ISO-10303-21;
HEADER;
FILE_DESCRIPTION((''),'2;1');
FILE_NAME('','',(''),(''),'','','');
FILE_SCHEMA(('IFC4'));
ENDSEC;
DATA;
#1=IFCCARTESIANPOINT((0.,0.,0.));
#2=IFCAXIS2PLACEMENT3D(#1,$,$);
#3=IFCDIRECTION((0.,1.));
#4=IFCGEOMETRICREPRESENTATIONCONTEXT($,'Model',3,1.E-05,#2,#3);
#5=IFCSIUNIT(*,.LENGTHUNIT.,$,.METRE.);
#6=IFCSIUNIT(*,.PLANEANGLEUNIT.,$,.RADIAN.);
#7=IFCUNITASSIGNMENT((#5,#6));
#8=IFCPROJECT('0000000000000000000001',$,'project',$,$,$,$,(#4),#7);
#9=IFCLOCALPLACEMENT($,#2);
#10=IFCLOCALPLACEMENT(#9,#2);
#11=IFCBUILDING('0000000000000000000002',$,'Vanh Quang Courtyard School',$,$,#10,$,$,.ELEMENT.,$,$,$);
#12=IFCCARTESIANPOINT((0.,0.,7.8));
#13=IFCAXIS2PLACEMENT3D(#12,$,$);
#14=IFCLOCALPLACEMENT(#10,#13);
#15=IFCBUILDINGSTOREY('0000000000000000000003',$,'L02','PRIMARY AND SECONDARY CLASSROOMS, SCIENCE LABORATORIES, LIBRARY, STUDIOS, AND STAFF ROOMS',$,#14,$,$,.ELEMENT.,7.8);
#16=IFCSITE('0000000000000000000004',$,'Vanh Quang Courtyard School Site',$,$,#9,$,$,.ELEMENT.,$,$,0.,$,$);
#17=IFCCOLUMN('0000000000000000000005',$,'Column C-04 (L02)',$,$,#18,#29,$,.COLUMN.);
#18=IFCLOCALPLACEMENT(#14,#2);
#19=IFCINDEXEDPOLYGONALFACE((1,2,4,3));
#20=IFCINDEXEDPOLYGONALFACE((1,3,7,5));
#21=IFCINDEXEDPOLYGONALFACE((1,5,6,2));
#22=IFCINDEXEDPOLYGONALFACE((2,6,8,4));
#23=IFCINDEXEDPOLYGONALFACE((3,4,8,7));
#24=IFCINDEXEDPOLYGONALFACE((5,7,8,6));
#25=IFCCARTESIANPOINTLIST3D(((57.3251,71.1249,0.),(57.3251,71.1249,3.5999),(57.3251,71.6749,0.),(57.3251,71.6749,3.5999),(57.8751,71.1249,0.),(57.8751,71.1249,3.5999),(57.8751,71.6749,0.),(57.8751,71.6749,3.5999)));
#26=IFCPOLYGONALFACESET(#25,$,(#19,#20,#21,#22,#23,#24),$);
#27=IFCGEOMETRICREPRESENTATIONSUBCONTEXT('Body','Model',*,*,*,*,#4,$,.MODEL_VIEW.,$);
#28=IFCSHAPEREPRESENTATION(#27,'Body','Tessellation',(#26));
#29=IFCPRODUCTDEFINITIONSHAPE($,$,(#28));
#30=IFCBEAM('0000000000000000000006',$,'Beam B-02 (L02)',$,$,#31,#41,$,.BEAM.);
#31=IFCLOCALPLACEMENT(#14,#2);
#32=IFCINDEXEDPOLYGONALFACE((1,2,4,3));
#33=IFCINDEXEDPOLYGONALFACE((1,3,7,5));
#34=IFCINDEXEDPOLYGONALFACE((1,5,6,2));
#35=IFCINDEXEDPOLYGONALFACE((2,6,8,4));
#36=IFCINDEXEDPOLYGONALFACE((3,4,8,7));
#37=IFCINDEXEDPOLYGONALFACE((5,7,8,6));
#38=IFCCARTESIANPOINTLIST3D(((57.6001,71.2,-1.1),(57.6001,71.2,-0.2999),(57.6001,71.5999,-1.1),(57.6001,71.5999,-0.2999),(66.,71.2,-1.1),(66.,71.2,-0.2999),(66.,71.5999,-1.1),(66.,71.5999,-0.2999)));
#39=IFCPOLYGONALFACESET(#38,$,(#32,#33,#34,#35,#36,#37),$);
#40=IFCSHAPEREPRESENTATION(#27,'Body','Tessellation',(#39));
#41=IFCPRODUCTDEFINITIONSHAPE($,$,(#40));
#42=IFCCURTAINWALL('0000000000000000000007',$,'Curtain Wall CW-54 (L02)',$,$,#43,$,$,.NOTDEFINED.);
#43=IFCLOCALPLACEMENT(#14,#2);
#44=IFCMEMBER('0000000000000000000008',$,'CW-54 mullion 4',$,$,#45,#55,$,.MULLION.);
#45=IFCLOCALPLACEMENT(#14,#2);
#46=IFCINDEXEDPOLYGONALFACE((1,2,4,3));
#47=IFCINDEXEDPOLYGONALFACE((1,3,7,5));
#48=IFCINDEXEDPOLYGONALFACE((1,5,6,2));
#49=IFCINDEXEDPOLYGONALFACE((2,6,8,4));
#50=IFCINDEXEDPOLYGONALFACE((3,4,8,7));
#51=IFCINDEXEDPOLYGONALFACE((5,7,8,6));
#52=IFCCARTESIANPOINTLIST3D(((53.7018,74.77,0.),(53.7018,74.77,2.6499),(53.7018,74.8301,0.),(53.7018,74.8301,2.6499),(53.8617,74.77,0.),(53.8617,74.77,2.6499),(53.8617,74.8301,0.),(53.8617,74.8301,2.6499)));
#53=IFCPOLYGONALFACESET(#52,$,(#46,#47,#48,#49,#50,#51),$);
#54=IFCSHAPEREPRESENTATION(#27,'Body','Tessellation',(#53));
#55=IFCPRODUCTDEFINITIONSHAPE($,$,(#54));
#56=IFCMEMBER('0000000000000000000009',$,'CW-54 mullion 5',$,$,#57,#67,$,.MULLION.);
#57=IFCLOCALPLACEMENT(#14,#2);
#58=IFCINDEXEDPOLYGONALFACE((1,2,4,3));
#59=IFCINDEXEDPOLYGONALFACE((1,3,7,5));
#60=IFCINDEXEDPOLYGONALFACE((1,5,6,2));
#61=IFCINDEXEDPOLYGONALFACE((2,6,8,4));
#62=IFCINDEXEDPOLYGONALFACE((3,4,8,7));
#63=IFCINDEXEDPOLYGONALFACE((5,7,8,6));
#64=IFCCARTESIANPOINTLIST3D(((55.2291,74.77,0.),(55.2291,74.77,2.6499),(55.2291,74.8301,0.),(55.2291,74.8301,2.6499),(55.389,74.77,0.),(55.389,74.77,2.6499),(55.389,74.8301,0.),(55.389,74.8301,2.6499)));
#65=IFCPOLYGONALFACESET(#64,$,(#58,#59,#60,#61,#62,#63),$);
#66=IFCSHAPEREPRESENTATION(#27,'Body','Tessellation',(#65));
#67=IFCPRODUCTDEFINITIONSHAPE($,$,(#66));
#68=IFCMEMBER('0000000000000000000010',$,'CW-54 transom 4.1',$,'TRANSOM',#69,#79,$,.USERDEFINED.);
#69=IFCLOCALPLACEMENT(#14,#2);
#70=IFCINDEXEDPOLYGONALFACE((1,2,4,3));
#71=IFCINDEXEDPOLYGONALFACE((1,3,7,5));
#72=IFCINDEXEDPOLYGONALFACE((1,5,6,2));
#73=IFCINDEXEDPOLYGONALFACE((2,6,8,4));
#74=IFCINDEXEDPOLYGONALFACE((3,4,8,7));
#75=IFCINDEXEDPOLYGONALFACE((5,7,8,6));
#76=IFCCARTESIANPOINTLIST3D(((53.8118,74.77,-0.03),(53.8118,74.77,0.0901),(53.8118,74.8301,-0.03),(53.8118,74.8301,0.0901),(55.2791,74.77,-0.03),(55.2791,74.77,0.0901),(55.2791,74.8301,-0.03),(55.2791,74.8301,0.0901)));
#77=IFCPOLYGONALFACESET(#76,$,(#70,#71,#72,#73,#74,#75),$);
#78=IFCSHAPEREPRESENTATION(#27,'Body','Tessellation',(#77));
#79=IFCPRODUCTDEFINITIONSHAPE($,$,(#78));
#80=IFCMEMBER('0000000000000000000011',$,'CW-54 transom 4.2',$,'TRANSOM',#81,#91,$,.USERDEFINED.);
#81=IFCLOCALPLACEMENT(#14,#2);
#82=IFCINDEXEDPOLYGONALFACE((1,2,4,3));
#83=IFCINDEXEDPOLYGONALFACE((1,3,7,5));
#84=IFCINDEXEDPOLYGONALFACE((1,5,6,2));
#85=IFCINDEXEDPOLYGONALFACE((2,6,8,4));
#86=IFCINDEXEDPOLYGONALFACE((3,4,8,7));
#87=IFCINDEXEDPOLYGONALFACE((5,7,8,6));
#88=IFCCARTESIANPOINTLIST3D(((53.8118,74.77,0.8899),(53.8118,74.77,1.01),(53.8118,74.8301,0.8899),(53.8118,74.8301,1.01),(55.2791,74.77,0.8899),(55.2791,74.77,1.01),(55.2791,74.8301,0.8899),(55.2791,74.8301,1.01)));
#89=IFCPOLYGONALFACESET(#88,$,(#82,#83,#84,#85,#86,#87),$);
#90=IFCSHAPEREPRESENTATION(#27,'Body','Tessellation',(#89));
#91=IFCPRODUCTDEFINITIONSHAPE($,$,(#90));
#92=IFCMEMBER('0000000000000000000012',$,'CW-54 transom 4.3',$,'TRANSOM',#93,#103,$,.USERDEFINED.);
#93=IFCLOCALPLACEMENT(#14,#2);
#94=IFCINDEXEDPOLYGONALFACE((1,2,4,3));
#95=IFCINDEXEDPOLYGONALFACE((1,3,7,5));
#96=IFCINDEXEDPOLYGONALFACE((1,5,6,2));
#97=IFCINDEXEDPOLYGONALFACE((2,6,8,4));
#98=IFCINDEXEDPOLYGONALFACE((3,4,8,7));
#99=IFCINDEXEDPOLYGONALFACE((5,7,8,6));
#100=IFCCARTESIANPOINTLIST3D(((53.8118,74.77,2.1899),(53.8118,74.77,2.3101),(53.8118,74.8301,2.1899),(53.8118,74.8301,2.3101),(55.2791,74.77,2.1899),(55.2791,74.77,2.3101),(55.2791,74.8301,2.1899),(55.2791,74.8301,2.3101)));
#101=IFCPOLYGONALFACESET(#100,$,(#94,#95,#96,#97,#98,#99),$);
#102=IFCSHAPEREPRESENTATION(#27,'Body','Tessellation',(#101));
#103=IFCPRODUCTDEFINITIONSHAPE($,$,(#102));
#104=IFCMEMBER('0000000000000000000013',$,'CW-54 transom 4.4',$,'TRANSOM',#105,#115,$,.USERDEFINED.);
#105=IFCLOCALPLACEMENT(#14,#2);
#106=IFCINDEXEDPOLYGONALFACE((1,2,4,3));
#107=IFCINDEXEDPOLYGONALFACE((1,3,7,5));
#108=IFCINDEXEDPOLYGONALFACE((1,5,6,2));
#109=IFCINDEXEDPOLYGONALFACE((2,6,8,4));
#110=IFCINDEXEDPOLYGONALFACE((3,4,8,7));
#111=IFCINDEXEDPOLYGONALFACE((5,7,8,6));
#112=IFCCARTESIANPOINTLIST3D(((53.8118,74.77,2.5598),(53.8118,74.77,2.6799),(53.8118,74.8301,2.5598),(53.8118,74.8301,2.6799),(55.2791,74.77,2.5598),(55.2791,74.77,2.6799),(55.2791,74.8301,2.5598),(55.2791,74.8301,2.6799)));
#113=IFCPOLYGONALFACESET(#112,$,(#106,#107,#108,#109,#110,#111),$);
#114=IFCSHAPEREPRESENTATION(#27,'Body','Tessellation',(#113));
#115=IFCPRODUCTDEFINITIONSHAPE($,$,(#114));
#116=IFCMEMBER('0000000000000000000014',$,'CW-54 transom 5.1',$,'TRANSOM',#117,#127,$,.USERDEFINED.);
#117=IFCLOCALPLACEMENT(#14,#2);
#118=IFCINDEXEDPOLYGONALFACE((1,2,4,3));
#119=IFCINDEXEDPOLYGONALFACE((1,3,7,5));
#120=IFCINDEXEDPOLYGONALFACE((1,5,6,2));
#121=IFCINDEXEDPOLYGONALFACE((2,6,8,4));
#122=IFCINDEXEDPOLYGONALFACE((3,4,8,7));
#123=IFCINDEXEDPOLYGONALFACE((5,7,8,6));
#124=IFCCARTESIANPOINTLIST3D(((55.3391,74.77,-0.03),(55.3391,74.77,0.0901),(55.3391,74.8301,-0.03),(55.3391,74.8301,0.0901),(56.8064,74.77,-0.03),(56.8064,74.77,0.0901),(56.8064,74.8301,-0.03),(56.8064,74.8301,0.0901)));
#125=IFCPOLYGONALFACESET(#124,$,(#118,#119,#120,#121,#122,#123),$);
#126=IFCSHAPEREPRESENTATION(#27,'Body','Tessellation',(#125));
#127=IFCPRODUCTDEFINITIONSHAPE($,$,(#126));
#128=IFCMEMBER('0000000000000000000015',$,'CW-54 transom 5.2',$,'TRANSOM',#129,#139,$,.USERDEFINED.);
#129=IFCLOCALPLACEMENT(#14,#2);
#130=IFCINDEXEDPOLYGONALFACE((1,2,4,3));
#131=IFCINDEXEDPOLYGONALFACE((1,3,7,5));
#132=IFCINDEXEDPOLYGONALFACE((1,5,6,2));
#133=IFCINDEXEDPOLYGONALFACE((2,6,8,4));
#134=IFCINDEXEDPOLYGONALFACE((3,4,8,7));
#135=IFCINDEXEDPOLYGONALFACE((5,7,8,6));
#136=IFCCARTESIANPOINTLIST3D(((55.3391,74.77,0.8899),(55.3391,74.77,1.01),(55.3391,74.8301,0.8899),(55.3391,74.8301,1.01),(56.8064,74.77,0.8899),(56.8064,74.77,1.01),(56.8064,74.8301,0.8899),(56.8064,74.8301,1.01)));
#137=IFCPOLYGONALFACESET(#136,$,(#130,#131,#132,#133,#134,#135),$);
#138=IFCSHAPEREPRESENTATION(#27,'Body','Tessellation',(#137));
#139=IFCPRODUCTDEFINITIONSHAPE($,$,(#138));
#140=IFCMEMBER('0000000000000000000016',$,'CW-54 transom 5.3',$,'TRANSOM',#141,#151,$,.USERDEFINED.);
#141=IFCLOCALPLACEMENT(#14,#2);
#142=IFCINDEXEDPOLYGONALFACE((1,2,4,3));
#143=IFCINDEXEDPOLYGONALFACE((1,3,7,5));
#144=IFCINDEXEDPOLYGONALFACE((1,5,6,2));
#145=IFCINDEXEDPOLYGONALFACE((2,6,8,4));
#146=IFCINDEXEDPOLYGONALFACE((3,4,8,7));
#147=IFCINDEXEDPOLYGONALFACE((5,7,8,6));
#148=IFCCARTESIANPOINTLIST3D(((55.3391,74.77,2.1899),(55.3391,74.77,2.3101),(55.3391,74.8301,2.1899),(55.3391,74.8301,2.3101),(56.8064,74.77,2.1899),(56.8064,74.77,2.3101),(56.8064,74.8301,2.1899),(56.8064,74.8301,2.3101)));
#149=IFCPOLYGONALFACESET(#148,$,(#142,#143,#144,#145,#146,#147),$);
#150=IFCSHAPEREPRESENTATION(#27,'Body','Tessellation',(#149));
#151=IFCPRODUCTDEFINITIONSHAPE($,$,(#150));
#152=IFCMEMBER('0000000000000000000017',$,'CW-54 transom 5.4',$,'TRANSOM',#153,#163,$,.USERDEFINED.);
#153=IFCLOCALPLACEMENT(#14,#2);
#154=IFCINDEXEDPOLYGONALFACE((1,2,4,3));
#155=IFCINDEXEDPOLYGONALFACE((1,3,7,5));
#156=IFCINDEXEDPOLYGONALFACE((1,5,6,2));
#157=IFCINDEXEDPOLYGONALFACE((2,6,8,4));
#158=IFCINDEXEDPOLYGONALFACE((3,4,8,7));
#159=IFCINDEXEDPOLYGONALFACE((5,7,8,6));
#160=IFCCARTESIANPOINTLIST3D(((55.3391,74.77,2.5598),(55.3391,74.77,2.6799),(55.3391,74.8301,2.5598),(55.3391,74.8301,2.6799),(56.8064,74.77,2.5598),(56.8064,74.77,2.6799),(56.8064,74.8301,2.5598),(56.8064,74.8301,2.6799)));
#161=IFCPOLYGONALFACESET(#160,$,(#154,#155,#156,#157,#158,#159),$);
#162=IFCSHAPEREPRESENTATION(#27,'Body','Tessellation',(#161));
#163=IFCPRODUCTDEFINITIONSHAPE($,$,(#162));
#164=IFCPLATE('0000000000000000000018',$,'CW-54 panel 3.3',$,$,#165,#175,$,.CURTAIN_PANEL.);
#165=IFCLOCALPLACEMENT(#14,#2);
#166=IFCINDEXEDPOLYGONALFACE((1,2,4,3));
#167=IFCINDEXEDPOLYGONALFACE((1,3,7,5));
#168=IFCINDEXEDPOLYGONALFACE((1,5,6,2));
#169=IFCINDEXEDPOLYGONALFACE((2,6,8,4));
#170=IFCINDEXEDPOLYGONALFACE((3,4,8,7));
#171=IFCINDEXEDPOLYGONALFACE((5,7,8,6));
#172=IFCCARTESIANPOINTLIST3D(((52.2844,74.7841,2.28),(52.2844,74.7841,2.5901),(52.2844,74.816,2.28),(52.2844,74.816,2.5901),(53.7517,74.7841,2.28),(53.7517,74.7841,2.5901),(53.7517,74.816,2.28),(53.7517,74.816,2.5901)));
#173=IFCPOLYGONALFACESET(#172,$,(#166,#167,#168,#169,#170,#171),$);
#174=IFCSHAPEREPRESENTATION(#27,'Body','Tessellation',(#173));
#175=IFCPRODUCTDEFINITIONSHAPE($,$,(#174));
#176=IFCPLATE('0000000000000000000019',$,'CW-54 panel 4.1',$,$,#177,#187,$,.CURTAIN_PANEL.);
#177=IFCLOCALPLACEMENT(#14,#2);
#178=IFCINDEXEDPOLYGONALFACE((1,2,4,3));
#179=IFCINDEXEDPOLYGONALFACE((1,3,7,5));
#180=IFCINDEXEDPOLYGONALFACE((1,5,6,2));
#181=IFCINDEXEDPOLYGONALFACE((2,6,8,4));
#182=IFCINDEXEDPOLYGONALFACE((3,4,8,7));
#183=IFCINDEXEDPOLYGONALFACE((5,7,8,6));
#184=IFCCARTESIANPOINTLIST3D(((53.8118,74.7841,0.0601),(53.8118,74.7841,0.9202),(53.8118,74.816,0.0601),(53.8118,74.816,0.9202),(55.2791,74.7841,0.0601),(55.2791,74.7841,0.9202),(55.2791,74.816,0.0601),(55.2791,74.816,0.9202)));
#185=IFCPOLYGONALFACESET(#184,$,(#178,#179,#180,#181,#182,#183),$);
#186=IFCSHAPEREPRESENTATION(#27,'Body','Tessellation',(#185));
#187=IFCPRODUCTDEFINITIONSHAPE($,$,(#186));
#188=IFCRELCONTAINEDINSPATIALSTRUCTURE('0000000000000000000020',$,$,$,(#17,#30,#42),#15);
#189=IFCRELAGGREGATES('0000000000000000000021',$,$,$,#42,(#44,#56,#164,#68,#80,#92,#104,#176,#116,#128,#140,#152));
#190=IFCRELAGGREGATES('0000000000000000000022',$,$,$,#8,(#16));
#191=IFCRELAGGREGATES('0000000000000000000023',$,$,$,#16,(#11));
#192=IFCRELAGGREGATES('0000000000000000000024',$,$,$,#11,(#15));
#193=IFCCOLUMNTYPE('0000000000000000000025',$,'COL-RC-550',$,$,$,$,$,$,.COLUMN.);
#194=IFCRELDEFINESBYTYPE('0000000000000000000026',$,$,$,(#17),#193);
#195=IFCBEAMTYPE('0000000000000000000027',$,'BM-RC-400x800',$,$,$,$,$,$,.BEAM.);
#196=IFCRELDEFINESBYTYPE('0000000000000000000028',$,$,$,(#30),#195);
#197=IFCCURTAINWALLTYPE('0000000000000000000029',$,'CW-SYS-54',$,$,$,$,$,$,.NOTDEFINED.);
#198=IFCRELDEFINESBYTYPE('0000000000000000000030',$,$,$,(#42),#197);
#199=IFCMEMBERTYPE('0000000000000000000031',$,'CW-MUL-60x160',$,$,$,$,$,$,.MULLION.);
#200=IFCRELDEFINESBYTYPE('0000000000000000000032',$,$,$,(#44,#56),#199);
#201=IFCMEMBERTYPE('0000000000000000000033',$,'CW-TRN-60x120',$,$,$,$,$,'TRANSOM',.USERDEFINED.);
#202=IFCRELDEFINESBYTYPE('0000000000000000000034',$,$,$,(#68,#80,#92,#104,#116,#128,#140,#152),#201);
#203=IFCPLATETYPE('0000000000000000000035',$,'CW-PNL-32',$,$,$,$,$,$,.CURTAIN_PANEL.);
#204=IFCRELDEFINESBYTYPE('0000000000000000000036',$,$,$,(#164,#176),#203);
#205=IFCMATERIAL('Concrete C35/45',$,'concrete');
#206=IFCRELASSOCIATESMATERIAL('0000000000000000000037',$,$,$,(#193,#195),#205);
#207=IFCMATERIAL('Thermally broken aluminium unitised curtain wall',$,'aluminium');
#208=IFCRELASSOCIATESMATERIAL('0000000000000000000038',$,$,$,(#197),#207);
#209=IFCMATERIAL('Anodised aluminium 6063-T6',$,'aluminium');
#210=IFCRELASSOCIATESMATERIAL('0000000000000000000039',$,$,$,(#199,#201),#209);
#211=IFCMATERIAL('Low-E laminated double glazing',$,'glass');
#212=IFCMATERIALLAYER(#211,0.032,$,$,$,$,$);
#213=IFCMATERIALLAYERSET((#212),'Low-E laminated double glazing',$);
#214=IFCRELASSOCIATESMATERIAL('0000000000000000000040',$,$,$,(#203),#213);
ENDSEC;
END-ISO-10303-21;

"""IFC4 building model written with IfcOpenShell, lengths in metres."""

from ifc_helpers import new_model, si_unit, direction, frame, origin, origin_2d, place, context, subcontext, project, spatial, rectangle, extrude, material, layer, layer_set, material_profile, profile_set, type_object, element, aggregate, save


model = new_model("IFC4")

# Units and contexts
model_context = context("Model", 3, precision=1e-05, world=origin(), true_north=direction((0.0, 1.0)))
body_context = subcontext(model_context, "Body", "Model", "MODEL_VIEW")
ifc_project = project(units=[si_unit("LENGTHUNIT", "METRE"), si_unit("PLANEANGLEUNIT", "RADIAN")], contexts=[model_context])

# Site, building, storey
site_placement = place(None, origin())
site = spatial("IfcSite", under=ifc_project, at=site_placement, Name="Vanh Quang Courtyard School Site", CompositionType="ELEMENT", RefElevation=0.0)
building_placement = place(site_placement, origin())
building = spatial("IfcBuilding", under=site, at=building_placement, Name="Vanh Quang Courtyard School", CompositionType="ELEMENT")
storey_placement = place(building_placement, frame((0.0, 0.0, 7.8)))
storey = spatial("IfcBuildingStorey", under=building, at=storey_placement, Name="L02", Description="PRIMARY AND SECONDARY CLASSROOMS, SCIENCE LABORATORIES, LIBRARY, STUDIOS, AND STAFF ROOMS", CompositionType="ELEMENT", Elevation=7.8)

# Column
ifc_material_1 = material(Name="Concrete C35/45", Category="concrete")
ifc_material_profile_1 = material_profile(ifc_material_1, rectangle(XDim=0.55, YDim=0.55, at=origin_2d()), Name="RC-COL 550x550")
ifc_profile_set_1 = profile_set([ifc_material_profile_1], Name="Concrete C35/45")
column_type = type_object("IfcColumnType", Name="COL-RC-550", PredefinedType="COLUMN", material=ifc_profile_set_1)
column_placement = place(storey_placement, frame((57.6001, 71.3999, 0.0), z_axis=(0.0, 0.0, 1.0), x_axis=(1.0, 0.0, 0.0)))
element("IfcColumn", 1, at=column_placement, inside=storey, type_object=column_type, Name="Column C-04 (L02)", PredefinedType="COLUMN", context=body_context, shape_type="SweptSolid", body=[
    extrude(rectangle(XDim=0.55, YDim=0.55, at=origin_2d()), origin(), (0.0, 0.0, 1.0), 3.5999),
])

# Beam
ifc_material_profile_2 = material_profile(ifc_material_1, rectangle(XDim=0.3999, YDim=0.8, at=origin_2d()), Name="RC-BM 400x800")
ifc_profile_set_2 = profile_set([ifc_material_profile_2], Name="Concrete C35/45")
beam_type = type_object("IfcBeamType", Name="BM-RC-400x800", PredefinedType="BEAM", material=ifc_profile_set_2)
beam_placement = place(storey_placement, frame((57.6001, 71.3999, -0.7), z_axis=(1.0, 0.0, 0.0), x_axis=(0.0, 1.0, 0.0)))
element("IfcBeam", 2, at=beam_placement, inside=storey, type_object=beam_type, Name="Beam B-02 (L02)", PredefinedType="BEAM", context=body_context, shape_type="SweptSolid", body=[
    extrude(rectangle(XDim=0.3999, YDim=0.8, at=origin_2d()), origin(), (0.0, 0.0, 1.0), 8.3999),
])

# Curtain wall, members, plates
ifc_material_2 = material(Name="Thermally broken aluminium unitised curtain wall", Category="aluminium")
curtain_wall_type = type_object("IfcCurtainWallType", Name="CW-SYS-54", PredefinedType="NOTDEFINED", material=ifc_material_2)
curtain_wall_placement = place(storey_placement, origin())
curtain_wall = element("IfcCurtainWall", 3, at=curtain_wall_placement, inside=storey, type_object=curtain_wall_type, Name="Curtain Wall CW-54 (L02)", PredefinedType="NOTDEFINED")
ifc_material_3 = material(Name="Anodised aluminium 6063-T6", Category="aluminium")
ifc_material_profile_3 = material_profile(ifc_material_3, rectangle(XDim=0.0601, YDim=0.1599, at=origin_2d()), Name="ALU-MUL 60x160")
ifc_profile_set_3 = profile_set([ifc_material_profile_3], Name="Anodised aluminium 6063-T6")
member_type_1 = type_object("IfcMemberType", Name="CW-MUL-60x160", PredefinedType="MULLION", material=ifc_profile_set_3)
member_1_placement = place(storey_placement, frame((53.7817, 74.8, 0.0), z_axis=(0.0, 0.0, 1.0), x_axis=(0.0, 1.0, 0.0)))
member_1 = element("IfcMember", 4, at=member_1_placement, type_object=member_type_1, Name="CW-54 mullion 4", PredefinedType="MULLION", context=body_context, shape_type="SweptSolid", body=[
    extrude(rectangle(XDim=0.0601, YDim=0.1599, at=origin_2d()), origin(), (0.0, 0.0, 1.0), 2.6499),
])
member_2_placement = place(storey_placement, frame((55.3091, 74.8, 0.0), z_axis=(0.0, 0.0, 1.0), x_axis=(0.0, 1.0, 0.0)))
member_2 = element("IfcMember", 5, at=member_2_placement, type_object=member_type_1, Name="CW-54 mullion 5", PredefinedType="MULLION", context=body_context, shape_type="SweptSolid", body=[
    extrude(rectangle(XDim=0.0601, YDim=0.1599, at=origin_2d()), origin(), (0.0, 0.0, 1.0), 2.6499),
])
ifc_material_profile_4 = material_profile(ifc_material_3, rectangle(XDim=0.0601, YDim=0.1201, at=origin_2d()), Name="ALU-TRN 60x120")
ifc_profile_set_4 = profile_set([ifc_material_profile_4], Name="Anodised aluminium 6063-T6")
member_type_2 = type_object("IfcMemberType", Name="CW-TRN-60x120", ElementType="TRANSOM", PredefinedType="USERDEFINED", material=ifc_profile_set_4)
member_3_placement = place(storey_placement, frame((53.8118, 74.8, 0.03), z_axis=(1.0, 0.0, 0.0), x_axis=(0.0, 1.0, 0.0)))
member_3 = element("IfcMember", 6, at=member_3_placement, type_object=member_type_2, Name="CW-54 transom 4.1", ObjectType="TRANSOM", PredefinedType="USERDEFINED", context=body_context, shape_type="SweptSolid", body=[
    extrude(rectangle(XDim=0.0601, YDim=0.1201, at=origin_2d()), origin(), (0.0, 0.0, 1.0), 1.4673),
])
member_4_placement = place(storey_placement, frame((53.8118, 74.8, 0.95), z_axis=(1.0, 0.0, 0.0), x_axis=(0.0, 1.0, 0.0)))
member_4 = element("IfcMember", 7, at=member_4_placement, type_object=member_type_2, Name="CW-54 transom 4.2", ObjectType="TRANSOM", PredefinedType="USERDEFINED", context=body_context, shape_type="SweptSolid", body=[
    extrude(rectangle(XDim=0.0601, YDim=0.1201, at=origin_2d()), origin(), (0.0, 0.0, 1.0), 1.4673),
])
member_5_placement = place(storey_placement, frame((53.8118, 74.8, 2.25), z_axis=(1.0, 0.0, 0.0), x_axis=(0.0, 1.0, 0.0)))
member_5 = element("IfcMember", 8, at=member_5_placement, type_object=member_type_2, Name="CW-54 transom 4.3", ObjectType="TRANSOM", PredefinedType="USERDEFINED", context=body_context, shape_type="SweptSolid", body=[
    extrude(rectangle(XDim=0.0601, YDim=0.1201, at=origin_2d()), origin(), (0.0, 0.0, 1.0), 1.4673),
])
member_6_placement = place(storey_placement, frame((53.8118, 74.8, 2.6199), z_axis=(1.0, 0.0, 0.0), x_axis=(0.0, 1.0, 0.0)))
member_6 = element("IfcMember", 9, at=member_6_placement, type_object=member_type_2, Name="CW-54 transom 4.4", ObjectType="TRANSOM", PredefinedType="USERDEFINED", context=body_context, shape_type="SweptSolid", body=[
    extrude(rectangle(XDim=0.0601, YDim=0.1201, at=origin_2d()), origin(), (0.0, 0.0, 1.0), 1.4673),
])
member_7_placement = place(storey_placement, frame((55.3391, 74.8, 0.03), z_axis=(1.0, 0.0, 0.0), x_axis=(0.0, 1.0, 0.0)))
member_7 = element("IfcMember", 10, at=member_7_placement, type_object=member_type_2, Name="CW-54 transom 5.1", ObjectType="TRANSOM", PredefinedType="USERDEFINED", context=body_context, shape_type="SweptSolid", body=[
    extrude(rectangle(XDim=0.0601, YDim=0.1201, at=origin_2d()), origin(), (0.0, 0.0, 1.0), 1.4673),
])
member_8_placement = place(storey_placement, frame((55.3391, 74.8, 0.95), z_axis=(1.0, 0.0, 0.0), x_axis=(0.0, 1.0, 0.0)))
member_8 = element("IfcMember", 11, at=member_8_placement, type_object=member_type_2, Name="CW-54 transom 5.2", ObjectType="TRANSOM", PredefinedType="USERDEFINED", context=body_context, shape_type="SweptSolid", body=[
    extrude(rectangle(XDim=0.0601, YDim=0.1201, at=origin_2d()), origin(), (0.0, 0.0, 1.0), 1.4673),
])
member_9_placement = place(storey_placement, frame((55.3391, 74.8, 2.25), z_axis=(1.0, 0.0, 0.0), x_axis=(0.0, 1.0, 0.0)))
member_9 = element("IfcMember", 12, at=member_9_placement, type_object=member_type_2, Name="CW-54 transom 5.3", ObjectType="TRANSOM", PredefinedType="USERDEFINED", context=body_context, shape_type="SweptSolid", body=[
    extrude(rectangle(XDim=0.0601, YDim=0.1201, at=origin_2d()), origin(), (0.0, 0.0, 1.0), 1.4673),
])
member_10_placement = place(storey_placement, frame((55.3391, 74.8, 2.6199), z_axis=(1.0, 0.0, 0.0), x_axis=(0.0, 1.0, 0.0)))
member_10 = element("IfcMember", 13, at=member_10_placement, type_object=member_type_2, Name="CW-54 transom 5.4", ObjectType="TRANSOM", PredefinedType="USERDEFINED", context=body_context, shape_type="SweptSolid", body=[
    extrude(rectangle(XDim=0.0601, YDim=0.1201, at=origin_2d()), origin(), (0.0, 0.0, 1.0), 1.4673),
])
ifc_material_4 = material(Name="Low-E laminated double glazing", Category="glass")
ifc_layer_1 = layer(ifc_material_4, 0.032)
ifc_layer_set_1 = layer_set([ifc_layer_1], Name="Low-E laminated double glazing")
plate_type = type_object("IfcPlateType", Name="CW-PNL-32", PredefinedType="CURTAIN_PANEL", material=ifc_layer_set_1)
plate_1_placement = place(storey_placement, frame((53.0181, 74.8, 2.28), z_axis=(0.0, 0.0, 1.0), x_axis=(1.0, 0.0, 0.0)))
plate_1 = element("IfcPlate", 14, at=plate_1_placement, type_object=plate_type, Name="CW-54 panel 3.3", PredefinedType="CURTAIN_PANEL", context=body_context, shape_type="SweptSolid", body=[
    extrude(rectangle(XDim=1.4673, YDim=0.032, at=origin_2d()), origin(), (0.0, 0.0, 1.0), 0.3101),
])
plate_2_placement = place(storey_placement, frame((54.5454, 74.8, 0.0601), z_axis=(0.0, 0.0, 1.0), x_axis=(1.0, 0.0, 0.0)))
plate_2 = element("IfcPlate", 15, at=plate_2_placement, type_object=plate_type, Name="CW-54 panel 4.1", PredefinedType="CURTAIN_PANEL", context=body_context, shape_type="SweptSolid", body=[
    extrude(rectangle(XDim=1.4673, YDim=0.032, at=origin_2d()), origin(), (0.0, 0.0, 1.0), 0.8601),
])
aggregate(curtain_wall, [member_1, member_2, plate_1, member_3, member_4, member_5, member_6, plate_2, member_7, member_8, member_9, member_10])

save(model, "model.ifc")
